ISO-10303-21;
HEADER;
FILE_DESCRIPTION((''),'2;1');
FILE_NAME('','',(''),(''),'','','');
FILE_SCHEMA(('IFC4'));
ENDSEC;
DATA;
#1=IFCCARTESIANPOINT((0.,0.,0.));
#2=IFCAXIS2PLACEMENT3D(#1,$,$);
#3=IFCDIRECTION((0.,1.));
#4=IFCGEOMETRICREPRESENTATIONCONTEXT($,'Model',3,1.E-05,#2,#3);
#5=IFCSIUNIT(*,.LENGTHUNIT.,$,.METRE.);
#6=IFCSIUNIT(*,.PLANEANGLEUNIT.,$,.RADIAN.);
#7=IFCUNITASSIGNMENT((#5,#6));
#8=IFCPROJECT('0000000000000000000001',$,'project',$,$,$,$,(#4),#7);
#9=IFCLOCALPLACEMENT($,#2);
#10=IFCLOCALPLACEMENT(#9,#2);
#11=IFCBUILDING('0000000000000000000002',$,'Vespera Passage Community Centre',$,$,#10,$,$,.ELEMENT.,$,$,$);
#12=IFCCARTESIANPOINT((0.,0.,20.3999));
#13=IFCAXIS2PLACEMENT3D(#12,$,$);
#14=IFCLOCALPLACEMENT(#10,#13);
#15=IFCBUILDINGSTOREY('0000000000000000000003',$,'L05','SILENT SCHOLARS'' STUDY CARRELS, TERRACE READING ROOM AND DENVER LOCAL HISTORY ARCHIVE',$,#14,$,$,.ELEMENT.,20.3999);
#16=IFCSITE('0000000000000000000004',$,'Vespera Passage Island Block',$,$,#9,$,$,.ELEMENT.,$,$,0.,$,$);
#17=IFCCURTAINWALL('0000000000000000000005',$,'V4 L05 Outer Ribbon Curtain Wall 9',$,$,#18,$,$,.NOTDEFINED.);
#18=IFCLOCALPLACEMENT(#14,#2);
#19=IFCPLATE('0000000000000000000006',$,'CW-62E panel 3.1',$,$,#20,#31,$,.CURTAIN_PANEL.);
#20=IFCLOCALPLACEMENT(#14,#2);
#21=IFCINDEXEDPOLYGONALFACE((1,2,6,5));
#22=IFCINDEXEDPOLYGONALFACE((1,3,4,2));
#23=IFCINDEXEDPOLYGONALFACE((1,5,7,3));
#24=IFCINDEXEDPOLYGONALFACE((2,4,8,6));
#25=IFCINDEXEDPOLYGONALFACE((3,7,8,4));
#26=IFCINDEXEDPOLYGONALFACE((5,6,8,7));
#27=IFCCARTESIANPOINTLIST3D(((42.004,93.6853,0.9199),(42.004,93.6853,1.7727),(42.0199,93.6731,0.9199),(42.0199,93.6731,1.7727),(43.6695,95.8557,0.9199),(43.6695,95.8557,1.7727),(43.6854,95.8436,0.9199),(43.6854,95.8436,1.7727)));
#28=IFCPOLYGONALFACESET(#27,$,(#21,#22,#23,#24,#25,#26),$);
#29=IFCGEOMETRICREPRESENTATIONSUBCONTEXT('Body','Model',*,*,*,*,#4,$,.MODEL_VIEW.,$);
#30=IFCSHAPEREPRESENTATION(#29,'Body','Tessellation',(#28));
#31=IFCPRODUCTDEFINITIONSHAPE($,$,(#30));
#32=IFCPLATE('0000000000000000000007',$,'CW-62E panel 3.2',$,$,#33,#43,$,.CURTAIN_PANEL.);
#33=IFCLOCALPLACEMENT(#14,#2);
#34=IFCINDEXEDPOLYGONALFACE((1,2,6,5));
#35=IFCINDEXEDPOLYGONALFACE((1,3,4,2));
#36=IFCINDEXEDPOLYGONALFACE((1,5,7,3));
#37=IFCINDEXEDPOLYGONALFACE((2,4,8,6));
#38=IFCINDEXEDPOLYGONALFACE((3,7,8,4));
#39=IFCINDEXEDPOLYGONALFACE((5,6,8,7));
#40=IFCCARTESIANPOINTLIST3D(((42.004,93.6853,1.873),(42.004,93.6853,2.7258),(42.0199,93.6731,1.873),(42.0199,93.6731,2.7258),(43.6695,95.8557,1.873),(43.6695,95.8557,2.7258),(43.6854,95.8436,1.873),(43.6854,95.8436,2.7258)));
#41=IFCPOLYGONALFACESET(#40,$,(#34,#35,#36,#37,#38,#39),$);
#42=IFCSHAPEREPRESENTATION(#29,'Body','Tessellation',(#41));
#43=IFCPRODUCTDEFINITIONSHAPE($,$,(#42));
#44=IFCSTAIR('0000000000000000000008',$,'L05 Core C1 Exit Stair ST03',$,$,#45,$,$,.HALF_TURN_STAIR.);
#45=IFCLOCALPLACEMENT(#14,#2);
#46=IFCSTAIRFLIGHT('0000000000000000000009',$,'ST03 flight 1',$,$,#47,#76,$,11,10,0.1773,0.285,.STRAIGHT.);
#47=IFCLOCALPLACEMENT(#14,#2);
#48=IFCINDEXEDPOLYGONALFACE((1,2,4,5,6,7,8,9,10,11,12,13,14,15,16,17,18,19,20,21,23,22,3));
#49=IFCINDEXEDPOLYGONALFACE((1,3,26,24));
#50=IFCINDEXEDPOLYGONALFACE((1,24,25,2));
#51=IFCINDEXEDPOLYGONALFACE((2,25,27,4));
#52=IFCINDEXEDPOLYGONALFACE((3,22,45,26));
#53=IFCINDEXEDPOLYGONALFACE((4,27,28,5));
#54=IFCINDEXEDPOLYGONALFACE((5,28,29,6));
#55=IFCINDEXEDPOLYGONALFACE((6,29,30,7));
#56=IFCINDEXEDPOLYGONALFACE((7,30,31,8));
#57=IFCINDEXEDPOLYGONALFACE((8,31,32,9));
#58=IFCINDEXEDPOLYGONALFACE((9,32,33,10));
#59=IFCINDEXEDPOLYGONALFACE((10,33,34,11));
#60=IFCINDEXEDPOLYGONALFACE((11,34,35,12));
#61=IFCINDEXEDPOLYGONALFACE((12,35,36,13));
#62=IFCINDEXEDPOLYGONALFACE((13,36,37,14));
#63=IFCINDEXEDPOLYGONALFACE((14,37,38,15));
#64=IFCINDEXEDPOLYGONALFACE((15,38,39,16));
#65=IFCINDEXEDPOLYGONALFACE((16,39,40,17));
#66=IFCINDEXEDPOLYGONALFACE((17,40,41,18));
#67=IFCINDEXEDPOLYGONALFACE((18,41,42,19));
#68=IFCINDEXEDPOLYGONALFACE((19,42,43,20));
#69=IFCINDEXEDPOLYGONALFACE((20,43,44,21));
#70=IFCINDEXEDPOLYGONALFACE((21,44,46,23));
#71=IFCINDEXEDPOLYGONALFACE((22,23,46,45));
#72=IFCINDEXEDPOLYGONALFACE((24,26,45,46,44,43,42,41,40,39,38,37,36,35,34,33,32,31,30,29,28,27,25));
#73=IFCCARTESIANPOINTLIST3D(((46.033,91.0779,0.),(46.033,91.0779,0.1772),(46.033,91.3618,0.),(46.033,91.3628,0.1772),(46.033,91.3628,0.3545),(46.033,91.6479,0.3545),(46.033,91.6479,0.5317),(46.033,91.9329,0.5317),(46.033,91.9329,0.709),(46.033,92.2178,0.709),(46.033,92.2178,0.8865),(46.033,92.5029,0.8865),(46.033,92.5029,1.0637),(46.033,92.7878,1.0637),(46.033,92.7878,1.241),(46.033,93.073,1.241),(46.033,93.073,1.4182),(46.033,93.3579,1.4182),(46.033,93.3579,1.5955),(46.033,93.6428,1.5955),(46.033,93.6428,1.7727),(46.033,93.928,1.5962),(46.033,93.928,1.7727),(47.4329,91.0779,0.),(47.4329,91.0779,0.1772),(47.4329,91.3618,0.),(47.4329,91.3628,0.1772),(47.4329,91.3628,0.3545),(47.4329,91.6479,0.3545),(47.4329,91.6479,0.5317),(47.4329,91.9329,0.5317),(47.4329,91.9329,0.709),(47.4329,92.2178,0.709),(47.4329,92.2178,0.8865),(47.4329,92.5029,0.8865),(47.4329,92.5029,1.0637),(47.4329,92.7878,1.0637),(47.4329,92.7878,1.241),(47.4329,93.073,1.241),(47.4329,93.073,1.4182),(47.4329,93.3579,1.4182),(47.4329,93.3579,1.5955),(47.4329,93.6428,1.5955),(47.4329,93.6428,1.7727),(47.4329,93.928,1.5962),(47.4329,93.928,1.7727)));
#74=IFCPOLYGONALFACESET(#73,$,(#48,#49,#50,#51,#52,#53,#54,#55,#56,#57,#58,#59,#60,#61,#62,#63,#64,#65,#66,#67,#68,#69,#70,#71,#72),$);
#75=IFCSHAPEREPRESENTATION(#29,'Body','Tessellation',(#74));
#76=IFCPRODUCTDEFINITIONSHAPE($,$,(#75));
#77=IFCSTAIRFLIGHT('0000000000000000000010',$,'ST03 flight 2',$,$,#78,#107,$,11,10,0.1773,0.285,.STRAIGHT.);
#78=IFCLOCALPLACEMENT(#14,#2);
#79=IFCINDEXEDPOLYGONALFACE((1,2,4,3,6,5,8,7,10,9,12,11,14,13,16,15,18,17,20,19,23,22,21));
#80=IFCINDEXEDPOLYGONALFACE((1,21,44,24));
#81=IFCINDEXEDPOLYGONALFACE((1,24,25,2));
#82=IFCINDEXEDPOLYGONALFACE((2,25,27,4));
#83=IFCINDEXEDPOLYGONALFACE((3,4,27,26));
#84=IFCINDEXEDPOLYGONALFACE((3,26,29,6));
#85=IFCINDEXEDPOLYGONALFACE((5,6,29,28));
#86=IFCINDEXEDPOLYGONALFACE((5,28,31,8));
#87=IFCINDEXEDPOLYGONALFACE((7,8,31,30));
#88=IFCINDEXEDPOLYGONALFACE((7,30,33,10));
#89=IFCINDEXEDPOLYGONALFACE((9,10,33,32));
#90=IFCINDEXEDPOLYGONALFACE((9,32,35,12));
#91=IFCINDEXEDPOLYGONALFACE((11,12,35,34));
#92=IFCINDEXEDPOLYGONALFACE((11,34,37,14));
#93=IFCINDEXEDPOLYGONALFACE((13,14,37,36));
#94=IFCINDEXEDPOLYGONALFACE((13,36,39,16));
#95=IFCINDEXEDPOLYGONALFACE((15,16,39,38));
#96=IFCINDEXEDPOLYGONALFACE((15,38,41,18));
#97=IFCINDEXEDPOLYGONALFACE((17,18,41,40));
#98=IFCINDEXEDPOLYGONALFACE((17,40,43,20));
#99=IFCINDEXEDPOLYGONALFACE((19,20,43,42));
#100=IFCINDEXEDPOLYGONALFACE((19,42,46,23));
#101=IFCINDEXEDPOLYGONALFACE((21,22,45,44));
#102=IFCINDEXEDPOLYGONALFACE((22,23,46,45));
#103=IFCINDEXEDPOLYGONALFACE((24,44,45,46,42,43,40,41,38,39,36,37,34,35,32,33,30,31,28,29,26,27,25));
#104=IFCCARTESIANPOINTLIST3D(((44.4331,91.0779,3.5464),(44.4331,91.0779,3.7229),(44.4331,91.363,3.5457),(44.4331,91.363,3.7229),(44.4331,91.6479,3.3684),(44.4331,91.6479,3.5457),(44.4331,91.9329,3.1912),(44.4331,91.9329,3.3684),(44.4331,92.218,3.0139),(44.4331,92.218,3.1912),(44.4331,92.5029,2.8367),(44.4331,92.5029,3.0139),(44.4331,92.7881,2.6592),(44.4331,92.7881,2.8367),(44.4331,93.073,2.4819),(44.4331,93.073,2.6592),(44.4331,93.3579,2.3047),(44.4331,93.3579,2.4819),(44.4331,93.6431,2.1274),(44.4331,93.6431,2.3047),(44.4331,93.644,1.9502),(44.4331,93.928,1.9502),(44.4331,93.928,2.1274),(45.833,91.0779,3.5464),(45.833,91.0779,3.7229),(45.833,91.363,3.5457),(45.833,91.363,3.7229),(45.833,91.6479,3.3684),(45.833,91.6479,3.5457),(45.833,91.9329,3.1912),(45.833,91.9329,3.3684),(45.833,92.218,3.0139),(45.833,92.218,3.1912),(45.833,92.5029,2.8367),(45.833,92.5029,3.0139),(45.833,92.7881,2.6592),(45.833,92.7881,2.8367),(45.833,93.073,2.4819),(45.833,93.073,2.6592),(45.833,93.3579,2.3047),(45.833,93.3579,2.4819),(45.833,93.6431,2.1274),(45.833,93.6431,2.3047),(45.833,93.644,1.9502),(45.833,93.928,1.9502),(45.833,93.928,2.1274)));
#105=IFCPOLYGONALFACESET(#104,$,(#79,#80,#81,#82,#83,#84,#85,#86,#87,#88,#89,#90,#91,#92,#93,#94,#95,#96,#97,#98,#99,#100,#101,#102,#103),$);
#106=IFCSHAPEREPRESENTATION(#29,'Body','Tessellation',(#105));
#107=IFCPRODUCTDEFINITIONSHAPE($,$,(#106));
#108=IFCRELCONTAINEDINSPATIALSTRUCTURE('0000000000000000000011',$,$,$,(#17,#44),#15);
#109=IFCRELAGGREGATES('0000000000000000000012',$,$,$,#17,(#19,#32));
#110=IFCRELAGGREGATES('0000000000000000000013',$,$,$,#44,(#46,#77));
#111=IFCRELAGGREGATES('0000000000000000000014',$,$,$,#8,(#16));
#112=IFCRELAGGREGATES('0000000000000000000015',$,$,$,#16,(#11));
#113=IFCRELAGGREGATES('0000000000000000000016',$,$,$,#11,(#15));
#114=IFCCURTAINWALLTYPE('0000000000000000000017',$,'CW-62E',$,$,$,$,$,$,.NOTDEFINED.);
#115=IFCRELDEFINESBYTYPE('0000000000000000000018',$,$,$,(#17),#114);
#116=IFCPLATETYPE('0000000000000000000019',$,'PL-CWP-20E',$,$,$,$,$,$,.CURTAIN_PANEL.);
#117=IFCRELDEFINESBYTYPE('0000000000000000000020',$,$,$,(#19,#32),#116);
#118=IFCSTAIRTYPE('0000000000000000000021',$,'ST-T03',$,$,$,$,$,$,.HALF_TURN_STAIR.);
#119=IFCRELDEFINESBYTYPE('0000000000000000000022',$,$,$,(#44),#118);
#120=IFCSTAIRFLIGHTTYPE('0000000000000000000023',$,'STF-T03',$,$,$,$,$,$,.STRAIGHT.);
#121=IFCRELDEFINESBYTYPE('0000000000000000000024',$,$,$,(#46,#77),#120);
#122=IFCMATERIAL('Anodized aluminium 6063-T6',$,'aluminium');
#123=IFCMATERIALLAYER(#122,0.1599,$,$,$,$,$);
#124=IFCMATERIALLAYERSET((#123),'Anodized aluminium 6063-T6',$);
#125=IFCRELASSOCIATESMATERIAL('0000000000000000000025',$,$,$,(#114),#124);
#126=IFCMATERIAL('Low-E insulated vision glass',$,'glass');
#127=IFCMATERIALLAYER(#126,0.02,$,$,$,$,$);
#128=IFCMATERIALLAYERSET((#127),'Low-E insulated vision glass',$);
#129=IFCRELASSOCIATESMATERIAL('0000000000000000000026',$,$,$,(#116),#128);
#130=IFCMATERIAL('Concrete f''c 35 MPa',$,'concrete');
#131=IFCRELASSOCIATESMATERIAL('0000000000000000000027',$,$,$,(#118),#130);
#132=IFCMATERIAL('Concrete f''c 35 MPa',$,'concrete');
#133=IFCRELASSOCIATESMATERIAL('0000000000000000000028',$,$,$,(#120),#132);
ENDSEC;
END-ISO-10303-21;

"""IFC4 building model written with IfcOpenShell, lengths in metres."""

from ifc_helpers import new_model, si_unit, direction, frame, origin, origin_2d, place, context, subcontext, project, spatial, polyline, rectangle, outline, extrude, material, layer, layer_set, type_object, element, aggregate, save


model = new_model("IFC4")

# Units and contexts
model_context = context("Model", 3, precision=1e-05, world=origin(), true_north=direction((0.0, 1.0)))
body_context = subcontext(model_context, "Body", "Model", "MODEL_VIEW")
ifc_project = project(units=[si_unit("LENGTHUNIT", "METRE"), si_unit("PLANEANGLEUNIT", "RADIAN")], contexts=[model_context])

# Site, building, storey
site_placement = place(None, origin())
site = spatial("IfcSite", under=ifc_project, at=site_placement, Name="Vespera Passage Island Block", CompositionType="ELEMENT", RefElevation=0.0)
building_placement = place(site_placement, origin())
building = spatial("IfcBuilding", under=site, at=building_placement, Name="Vespera Passage Community Centre", CompositionType="ELEMENT")
storey_placement = place(building_placement, frame((0.0, 0.0, 20.3999)))
storey = spatial("IfcBuildingStorey", under=building, at=storey_placement, Name="L05", Description="SILENT SCHOLARS' STUDY CARRELS, TERRACE READING ROOM AND DENVER LOCAL HISTORY ARCHIVE", CompositionType="ELEMENT", Elevation=20.3999)

# Curtain wall, plates
ifc_material_1 = material(Name="Anodized aluminium 6063-T6", Category="aluminium")
ifc_layer_1 = layer(ifc_material_1, 0.1599)
ifc_layer_set_1 = layer_set([ifc_layer_1], Name="Anodized aluminium 6063-T6")
curtain_wall_type = type_object("IfcCurtainWallType", Name="CW-62E", PredefinedType="NOTDEFINED", material=ifc_layer_set_1)
curtain_wall_placement = place(storey_placement, origin())
curtain_wall = element("IfcCurtainWall", 1, at=curtain_wall_placement, inside=storey, type_object=curtain_wall_type, Name="V4 L05 Outer Ribbon Curtain Wall 9", PredefinedType="NOTDEFINED")
ifc_material_2 = material(Name="Low-E insulated vision glass", Category="glass")
ifc_layer_2 = layer(ifc_material_2, 0.02)
ifc_layer_set_2 = layer_set([ifc_layer_2], Name="Low-E insulated vision glass")
plate_type = type_object("IfcPlateType", Name="PL-CWP-20E", PredefinedType="CURTAIN_PANEL", material=ifc_layer_set_2)
plate_1_placement = place(storey_placement, frame((42.8447, 94.7644, 0.9199), z_axis=(0.0, 0.0, 1.0), x_axis=(0.608765, 0.79335, 0.0)))
plate_1 = element("IfcPlate", 2, at=plate_1_placement, type_object=plate_type, Name="CW-62E panel 3.1", PredefinedType="CURTAIN_PANEL", context=body_context, shape_type="SweptSolid", body=[
    extrude(rectangle(XDim=2.7358, YDim=0.02, at=origin_2d()), origin(), (0.0, 0.0, 1.0), 0.8528),
])
plate_2_placement = place(storey_placement, frame((42.8447, 94.7644, 1.873), z_axis=(0.0, 0.0, 1.0), x_axis=(0.608765, 0.79335, 0.0)))
plate_2 = element("IfcPlate", 3, at=plate_2_placement, type_object=plate_type, Name="CW-62E panel 3.2", PredefinedType="CURTAIN_PANEL", context=body_context, shape_type="SweptSolid", body=[
    extrude(rectangle(XDim=2.7358, YDim=0.02, at=origin_2d()), origin(), (0.0, 0.0, 1.0), 0.8528),
])
aggregate(curtain_wall, [plate_1, plate_2])

# Stair, stair flights
ifc_material_3 = material(Name="Concrete f'c 35 MPa", Category="concrete")
stair_type = type_object("IfcStairType", Name="ST-T03", PredefinedType="HALF_TURN_STAIR", material=ifc_material_3)
stair_placement = place(storey_placement, origin())
stair = element("IfcStair", 4, at=stair_placement, inside=storey, type_object=stair_type, Name="L05 Core C1 Exit Stair ST03", PredefinedType="HALF_TURN_STAIR")
ifc_material_4 = material(Name="Concrete f'c 35 MPa", Category="concrete")
stair_flight_type = type_object("IfcStairFlightType", Name="STF-T03", PredefinedType="STRAIGHT", material=ifc_material_4)
stair_flight_1_placement = place(storey_placement, frame((46.7329, 91.0779, 0.0), z_axis=(0.0, 0.0, 1.0), x_axis=(0.0, 1.0, 0.0)))
stair_flight_1 = element("IfcStairFlight", 5, at=stair_flight_1_placement, type_object=stair_flight_type, Name="ST03 flight 1", NumberOfRisers=11, NumberOfTreads=10, PredefinedType="STRAIGHT", RiserHeight=0.1773, TreadLength=0.285, context=body_context, shape_type="SweptSolid", body=[
    extrude(outline(polyline([(0.0, 0.0), (0.0, 0.1772), (0.2849, 0.1772), (0.2849, 0.3545), (0.5701, 0.3545), (0.5701, 0.5317), (0.855, 0.5317), (0.855, 0.709), (1.1399, 0.709), (1.1399, 0.8865), (1.425, 0.8865), (1.425, 1.0637), (1.71, 1.0637), (1.71, 1.241), (1.9951, 1.241), (1.9951, 1.4182), (2.28, 1.4182), (2.28, 1.5955), (2.5649, 1.5955), (2.5649, 1.7727), (2.8501, 1.7727), (2.8501, 1.95), (2.8501, 1.5962), (0.2839, 0.0), (0.0, 0.0)])), frame((0.0, 0.7, 0.0), z_axis=(0.0, -1.0, 0.0), x_axis=(1.0, 0.0, 0.0)), (0.0, 0.0, 1.0), 1.3999),
])
stair_flight_2_placement = place(storey_placement, frame((45.1331, 93.928, 1.9502), z_axis=(0.0, 0.0, 1.0), x_axis=(0.0, -1.0, 0.0)))
stair_flight_2 = element("IfcStairFlight", 6, at=stair_flight_2_placement, type_object=stair_flight_type, Name="ST03 flight 2", NumberOfRisers=11, NumberOfTreads=10, PredefinedType="STRAIGHT", RiserHeight=0.1773, TreadLength=0.285, context=body_context, shape_type="SweptSolid", body=[
    extrude(outline(polyline([(0.0, 0.0), (0.0, 0.1772), (0.2849, 0.1772), (0.2849, 0.3545), (0.5701, 0.3545), (0.5701, 0.5317), (0.855, 0.5317), (0.855, 0.709), (1.1399, 0.709), (1.1399, 0.8865), (1.425, 0.8865), (1.425, 1.0637), (1.71, 1.0637), (1.71, 1.241), (1.9951, 1.241), (1.9951, 1.4182), (2.28, 1.4182), (2.28, 1.5955), (2.5649, 1.5955), (2.5649, 1.7727), (2.8501, 1.7727), (2.8501, 1.95), (2.8501, 1.5962), (0.2839, 0.0), (0.0, 0.0)])), frame((0.0, 0.7, 0.0), z_axis=(0.0, -1.0, 0.0), x_axis=(1.0, 0.0, 0.0)), (0.0, 0.0, 1.0), 1.3999),
])
aggregate(stair, [stair_flight_1, stair_flight_2])

save(model, "model.ifc")
